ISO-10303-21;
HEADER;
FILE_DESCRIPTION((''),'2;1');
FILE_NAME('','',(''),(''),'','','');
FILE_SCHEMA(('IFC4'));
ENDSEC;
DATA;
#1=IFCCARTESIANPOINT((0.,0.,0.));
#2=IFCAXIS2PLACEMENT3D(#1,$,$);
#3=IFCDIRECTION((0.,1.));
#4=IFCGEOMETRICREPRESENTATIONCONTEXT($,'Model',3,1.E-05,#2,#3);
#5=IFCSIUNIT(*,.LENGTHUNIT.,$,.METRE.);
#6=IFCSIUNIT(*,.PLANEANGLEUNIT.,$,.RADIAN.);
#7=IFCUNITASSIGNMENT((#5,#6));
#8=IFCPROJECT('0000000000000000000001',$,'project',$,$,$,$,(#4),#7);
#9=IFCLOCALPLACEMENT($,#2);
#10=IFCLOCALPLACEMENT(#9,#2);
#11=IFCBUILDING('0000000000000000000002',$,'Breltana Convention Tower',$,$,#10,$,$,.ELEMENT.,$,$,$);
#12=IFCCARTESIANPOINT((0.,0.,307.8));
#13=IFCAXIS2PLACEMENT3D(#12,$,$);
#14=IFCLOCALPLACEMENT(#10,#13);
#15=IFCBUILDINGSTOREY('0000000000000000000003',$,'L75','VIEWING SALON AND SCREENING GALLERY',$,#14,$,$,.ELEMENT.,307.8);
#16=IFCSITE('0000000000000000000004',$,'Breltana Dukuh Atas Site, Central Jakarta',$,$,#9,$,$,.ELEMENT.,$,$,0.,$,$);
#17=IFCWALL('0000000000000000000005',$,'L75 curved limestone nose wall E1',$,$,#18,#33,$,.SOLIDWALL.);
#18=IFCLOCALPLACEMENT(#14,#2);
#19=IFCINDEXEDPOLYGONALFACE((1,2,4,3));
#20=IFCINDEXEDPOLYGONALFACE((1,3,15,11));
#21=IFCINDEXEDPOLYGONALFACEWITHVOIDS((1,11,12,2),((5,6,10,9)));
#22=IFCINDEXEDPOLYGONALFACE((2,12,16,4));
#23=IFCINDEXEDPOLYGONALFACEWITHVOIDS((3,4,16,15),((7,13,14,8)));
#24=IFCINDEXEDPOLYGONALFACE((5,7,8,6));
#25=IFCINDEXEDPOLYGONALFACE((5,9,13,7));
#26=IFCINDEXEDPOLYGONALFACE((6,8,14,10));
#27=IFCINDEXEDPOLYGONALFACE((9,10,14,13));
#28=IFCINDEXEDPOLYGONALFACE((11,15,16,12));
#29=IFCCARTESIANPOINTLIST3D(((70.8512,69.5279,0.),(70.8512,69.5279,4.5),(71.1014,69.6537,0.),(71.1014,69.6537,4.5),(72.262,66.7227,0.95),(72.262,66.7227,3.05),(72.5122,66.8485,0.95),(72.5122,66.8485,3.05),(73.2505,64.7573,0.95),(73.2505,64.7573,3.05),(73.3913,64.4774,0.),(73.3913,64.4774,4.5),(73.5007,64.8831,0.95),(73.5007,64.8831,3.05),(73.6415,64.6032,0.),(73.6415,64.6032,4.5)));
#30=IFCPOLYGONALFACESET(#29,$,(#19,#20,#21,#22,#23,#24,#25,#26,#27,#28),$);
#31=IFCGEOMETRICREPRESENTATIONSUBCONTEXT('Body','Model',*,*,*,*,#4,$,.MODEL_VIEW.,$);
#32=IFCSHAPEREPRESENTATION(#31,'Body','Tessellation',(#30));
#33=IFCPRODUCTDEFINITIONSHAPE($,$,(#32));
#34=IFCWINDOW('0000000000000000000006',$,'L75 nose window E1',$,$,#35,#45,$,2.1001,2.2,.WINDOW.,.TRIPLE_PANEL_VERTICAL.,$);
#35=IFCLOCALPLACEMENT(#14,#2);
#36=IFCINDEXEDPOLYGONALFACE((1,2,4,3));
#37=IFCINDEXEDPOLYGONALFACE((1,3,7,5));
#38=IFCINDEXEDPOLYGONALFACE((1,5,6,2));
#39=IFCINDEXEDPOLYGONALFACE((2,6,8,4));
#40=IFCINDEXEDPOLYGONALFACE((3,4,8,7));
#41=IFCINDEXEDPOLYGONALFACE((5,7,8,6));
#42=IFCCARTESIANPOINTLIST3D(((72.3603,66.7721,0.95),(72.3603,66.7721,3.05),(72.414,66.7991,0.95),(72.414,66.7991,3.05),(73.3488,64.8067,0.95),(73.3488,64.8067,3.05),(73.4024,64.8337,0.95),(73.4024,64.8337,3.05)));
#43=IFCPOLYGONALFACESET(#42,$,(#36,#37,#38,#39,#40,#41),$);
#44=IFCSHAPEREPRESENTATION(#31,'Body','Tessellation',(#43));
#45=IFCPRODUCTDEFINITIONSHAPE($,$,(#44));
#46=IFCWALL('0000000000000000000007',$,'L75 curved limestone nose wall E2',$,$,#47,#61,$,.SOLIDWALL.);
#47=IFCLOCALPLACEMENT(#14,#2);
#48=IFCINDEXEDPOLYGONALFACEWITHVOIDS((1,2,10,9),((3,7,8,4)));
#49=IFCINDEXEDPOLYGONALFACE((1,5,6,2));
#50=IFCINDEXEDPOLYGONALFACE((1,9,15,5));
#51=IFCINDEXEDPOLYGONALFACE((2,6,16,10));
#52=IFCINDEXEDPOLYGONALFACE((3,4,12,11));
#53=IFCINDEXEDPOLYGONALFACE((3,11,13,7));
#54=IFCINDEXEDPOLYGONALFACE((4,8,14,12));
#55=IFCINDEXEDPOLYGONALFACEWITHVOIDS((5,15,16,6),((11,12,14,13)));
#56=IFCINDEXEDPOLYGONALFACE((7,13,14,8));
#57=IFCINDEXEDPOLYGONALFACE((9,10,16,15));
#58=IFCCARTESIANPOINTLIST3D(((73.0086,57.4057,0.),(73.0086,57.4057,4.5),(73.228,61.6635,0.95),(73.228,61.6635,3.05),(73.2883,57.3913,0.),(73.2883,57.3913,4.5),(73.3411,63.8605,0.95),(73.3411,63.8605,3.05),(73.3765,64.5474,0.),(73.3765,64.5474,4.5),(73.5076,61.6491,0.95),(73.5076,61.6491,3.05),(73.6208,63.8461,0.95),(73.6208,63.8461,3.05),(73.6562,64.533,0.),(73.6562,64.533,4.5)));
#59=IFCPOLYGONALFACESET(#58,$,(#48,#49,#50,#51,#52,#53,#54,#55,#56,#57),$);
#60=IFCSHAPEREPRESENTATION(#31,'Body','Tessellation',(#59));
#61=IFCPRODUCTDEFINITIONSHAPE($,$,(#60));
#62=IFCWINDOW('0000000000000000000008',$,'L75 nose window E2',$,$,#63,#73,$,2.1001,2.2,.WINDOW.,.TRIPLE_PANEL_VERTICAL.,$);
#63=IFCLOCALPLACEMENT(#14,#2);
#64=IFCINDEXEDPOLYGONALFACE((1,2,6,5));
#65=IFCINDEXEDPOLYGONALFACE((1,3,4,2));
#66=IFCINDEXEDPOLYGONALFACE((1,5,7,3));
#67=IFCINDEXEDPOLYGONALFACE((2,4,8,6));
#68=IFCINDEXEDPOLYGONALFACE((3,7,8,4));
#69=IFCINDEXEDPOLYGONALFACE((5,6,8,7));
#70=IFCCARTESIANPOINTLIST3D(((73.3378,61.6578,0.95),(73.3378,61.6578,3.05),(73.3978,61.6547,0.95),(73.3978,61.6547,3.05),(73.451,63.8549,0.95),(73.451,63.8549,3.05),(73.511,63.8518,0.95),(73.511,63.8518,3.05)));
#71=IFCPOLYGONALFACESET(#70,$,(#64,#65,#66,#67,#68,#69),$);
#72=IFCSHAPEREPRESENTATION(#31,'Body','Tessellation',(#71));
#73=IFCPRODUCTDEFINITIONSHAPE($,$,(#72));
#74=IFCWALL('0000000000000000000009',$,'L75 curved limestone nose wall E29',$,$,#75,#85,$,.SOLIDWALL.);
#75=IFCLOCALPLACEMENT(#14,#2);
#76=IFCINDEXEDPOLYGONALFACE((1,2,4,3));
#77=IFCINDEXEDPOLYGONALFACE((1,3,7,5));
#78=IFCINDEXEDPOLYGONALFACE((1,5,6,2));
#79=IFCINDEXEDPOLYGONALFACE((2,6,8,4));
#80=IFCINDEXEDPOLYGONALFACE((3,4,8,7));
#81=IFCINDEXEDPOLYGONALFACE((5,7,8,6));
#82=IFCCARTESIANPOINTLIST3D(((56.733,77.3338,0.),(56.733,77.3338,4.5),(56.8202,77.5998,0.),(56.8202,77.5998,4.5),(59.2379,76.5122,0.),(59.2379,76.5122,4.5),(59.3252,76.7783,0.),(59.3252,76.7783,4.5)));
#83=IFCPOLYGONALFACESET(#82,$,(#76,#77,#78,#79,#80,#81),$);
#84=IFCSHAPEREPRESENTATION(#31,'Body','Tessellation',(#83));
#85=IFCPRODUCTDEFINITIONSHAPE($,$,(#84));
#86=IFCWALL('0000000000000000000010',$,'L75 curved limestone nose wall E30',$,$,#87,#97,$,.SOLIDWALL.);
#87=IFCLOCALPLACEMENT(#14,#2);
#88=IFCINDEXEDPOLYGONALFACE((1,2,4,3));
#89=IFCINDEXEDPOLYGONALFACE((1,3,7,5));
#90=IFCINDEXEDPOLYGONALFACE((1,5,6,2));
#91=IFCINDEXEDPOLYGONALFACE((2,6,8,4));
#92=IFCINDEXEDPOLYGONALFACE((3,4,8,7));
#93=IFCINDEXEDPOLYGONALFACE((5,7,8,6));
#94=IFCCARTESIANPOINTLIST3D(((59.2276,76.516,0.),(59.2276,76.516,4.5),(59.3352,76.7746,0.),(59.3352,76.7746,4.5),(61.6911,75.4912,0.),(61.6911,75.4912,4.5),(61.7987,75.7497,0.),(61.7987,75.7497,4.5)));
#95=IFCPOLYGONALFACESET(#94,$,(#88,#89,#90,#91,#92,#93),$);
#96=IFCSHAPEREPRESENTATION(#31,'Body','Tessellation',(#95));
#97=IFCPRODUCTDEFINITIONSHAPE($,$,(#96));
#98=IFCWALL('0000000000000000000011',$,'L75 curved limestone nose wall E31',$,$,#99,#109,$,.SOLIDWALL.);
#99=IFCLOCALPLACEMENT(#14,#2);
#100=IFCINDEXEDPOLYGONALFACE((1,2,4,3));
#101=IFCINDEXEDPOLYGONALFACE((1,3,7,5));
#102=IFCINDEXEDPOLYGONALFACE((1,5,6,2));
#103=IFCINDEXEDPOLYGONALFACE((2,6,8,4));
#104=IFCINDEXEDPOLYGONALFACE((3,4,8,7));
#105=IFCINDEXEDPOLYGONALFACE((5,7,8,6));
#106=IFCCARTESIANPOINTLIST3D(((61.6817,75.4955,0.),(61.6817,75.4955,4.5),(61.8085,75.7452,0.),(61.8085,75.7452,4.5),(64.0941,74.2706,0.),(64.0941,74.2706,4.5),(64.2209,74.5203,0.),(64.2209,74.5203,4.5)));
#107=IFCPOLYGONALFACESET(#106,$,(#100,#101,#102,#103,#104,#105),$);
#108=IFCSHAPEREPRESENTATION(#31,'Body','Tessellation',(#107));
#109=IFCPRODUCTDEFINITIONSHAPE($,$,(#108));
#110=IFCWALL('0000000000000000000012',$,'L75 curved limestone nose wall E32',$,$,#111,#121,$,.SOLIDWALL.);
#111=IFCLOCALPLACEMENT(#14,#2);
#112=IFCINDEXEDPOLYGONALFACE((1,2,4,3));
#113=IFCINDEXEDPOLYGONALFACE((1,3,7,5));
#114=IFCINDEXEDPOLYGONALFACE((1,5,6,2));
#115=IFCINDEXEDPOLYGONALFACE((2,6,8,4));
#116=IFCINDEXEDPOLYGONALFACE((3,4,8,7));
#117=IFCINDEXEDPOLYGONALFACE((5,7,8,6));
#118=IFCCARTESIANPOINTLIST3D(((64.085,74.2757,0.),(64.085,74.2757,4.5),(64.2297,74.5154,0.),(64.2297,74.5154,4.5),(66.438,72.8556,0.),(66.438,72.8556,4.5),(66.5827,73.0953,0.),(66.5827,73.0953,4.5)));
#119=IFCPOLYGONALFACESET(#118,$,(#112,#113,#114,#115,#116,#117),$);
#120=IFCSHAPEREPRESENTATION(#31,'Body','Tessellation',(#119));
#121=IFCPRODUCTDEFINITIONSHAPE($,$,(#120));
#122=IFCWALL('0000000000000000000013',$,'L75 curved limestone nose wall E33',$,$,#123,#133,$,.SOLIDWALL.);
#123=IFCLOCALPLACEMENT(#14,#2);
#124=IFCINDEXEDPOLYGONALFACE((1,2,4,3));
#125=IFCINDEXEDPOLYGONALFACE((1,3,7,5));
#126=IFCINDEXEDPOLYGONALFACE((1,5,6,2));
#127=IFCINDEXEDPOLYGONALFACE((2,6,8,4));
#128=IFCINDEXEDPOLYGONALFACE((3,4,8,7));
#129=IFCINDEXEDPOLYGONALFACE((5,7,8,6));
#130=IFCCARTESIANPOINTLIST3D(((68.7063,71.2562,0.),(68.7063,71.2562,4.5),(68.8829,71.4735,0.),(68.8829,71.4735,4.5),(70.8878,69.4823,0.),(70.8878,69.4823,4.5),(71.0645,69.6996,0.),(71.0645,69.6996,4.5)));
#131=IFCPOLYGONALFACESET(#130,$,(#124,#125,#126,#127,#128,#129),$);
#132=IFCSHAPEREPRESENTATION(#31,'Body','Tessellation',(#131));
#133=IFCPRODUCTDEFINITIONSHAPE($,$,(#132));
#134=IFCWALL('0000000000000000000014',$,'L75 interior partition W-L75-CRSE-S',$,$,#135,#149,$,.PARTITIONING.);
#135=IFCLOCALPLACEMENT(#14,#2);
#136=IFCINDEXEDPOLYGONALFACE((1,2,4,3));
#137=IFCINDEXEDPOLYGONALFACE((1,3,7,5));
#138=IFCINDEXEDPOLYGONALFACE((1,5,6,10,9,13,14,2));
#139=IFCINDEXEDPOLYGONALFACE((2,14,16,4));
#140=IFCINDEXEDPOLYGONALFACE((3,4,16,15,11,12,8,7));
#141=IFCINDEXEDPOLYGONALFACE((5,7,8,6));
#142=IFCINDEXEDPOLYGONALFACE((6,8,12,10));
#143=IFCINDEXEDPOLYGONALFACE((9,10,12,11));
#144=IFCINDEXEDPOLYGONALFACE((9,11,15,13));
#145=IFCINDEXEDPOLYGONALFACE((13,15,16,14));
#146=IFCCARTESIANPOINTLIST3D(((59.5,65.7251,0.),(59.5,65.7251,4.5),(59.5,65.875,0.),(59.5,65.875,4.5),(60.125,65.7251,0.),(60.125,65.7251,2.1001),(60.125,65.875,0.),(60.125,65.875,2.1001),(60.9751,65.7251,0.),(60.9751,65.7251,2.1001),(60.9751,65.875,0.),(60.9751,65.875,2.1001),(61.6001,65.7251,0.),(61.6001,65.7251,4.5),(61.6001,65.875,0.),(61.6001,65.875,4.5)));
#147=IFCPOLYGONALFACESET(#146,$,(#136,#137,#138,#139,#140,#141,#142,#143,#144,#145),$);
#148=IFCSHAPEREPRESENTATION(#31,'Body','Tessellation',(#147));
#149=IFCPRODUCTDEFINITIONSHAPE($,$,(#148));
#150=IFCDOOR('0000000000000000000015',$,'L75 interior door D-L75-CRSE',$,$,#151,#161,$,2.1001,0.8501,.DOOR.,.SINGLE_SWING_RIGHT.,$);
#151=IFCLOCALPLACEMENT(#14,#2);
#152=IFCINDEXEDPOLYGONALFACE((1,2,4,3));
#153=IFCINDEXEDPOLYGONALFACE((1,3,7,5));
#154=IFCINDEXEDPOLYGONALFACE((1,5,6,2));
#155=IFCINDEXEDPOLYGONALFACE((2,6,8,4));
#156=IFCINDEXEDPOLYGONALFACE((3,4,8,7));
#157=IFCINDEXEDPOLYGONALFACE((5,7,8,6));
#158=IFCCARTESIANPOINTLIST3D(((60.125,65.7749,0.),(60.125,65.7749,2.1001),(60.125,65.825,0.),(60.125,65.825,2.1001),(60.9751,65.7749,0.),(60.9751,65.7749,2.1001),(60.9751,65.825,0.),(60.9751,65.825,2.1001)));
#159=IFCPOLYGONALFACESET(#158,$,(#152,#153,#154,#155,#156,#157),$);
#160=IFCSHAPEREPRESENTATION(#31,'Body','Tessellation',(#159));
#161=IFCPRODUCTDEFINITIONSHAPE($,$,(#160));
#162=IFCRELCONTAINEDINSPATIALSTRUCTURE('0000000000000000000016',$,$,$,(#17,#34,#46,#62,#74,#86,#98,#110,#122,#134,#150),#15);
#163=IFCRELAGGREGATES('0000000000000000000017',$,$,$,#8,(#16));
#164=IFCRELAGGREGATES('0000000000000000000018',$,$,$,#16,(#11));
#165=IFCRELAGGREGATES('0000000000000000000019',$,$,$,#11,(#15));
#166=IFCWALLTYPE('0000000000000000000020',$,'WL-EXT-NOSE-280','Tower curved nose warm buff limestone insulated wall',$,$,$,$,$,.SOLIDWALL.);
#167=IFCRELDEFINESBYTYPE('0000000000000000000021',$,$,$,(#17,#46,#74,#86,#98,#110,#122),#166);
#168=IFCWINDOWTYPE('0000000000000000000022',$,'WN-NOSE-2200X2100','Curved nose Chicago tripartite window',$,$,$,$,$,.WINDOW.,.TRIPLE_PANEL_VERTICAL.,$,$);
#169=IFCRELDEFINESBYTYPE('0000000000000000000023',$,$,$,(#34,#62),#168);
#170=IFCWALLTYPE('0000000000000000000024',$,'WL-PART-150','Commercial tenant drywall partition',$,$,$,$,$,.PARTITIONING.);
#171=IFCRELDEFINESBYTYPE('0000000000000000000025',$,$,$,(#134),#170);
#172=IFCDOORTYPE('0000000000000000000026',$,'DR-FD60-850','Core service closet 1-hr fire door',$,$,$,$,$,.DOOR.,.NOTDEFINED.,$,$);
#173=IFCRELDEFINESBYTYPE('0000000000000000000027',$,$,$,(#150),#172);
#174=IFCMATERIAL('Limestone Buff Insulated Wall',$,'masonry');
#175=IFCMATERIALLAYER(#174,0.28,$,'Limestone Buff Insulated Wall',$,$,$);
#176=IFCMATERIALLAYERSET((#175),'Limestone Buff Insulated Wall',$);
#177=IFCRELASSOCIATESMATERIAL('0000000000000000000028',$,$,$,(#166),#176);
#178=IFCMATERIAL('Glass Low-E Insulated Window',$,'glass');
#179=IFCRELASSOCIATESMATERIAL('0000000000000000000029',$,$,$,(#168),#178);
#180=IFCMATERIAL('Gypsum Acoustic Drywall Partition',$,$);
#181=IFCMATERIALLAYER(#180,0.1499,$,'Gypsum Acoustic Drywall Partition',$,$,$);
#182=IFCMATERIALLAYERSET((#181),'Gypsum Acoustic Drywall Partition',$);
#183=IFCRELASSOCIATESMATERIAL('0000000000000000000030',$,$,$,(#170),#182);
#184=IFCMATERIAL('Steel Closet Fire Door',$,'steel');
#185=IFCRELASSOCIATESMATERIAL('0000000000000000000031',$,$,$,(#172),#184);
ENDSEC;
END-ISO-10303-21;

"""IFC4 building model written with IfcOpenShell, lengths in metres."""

from ifc_helpers import new_model, si_unit, direction, frame, frame_2d, origin, place, context, subcontext, project, spatial, rectangle, extrude, source, transform, mapped, material, layer, layer_set, type_object, type_shapes, element, fill, save


model = new_model("IFC4")

# Units and contexts
model_context = context("Model", 3, precision=1e-05, world=origin(), true_north=direction((0.0, 1.0)))
body_context = subcontext(model_context, "Body", "Model", "MODEL_VIEW")
ifc_project = project(units=[si_unit("LENGTHUNIT", "METRE"), si_unit("PLANEANGLEUNIT", "RADIAN")], contexts=[model_context])

# Site, building, storey
site_placement = place(None, origin())
site = spatial("IfcSite", under=ifc_project, at=site_placement, Name="Breltana Dukuh Atas Site, Central Jakarta", CompositionType="ELEMENT", RefElevation=0.0)
building_placement = place(site_placement, origin())
building = spatial("IfcBuilding", under=site, at=building_placement, Name="Breltana Convention Tower", CompositionType="ELEMENT")
storey_placement = place(building_placement, frame((0.0, 0.0, 307.8)))
storey = spatial("IfcBuildingStorey", under=building, at=storey_placement, Name="L75", Description="VIEWING SALON AND SCREENING GALLERY", CompositionType="ELEMENT", Elevation=307.8)

# Walls, openings, windows
ifc_material_1 = material(Name="Limestone Buff Insulated Wall", Category="masonry")
ifc_layer_1 = layer(ifc_material_1, 0.28, Name="Limestone Buff Insulated Wall")
ifc_layer_set_1 = layer_set([ifc_layer_1], Name="Limestone Buff Insulated Wall")
wall_type_1 = type_object("IfcWallType", Name="WL-EXT-NOSE-280", Description="Tower curved nose warm buff limestone insulated wall", PredefinedType="SOLIDWALL", material=ifc_layer_set_1)
shared_shape_1 = source(origin(), body_context, "Body", "SweptSolid", [
    extrude(rectangle(XDim=5.6533, YDim=0.28, at=frame_2d((2.8267, 0.0))), origin(), (0.0, 0.0, 1.0), 4.5),
])
wall_1_placement = place(storey_placement, frame((70.9763, 69.5908, 0.0), z_axis=(0.0, 0.0, 1.0), x_axis=(0.449303, -0.89338, 0.0)))
wall_1 = element("IfcWall", 1, at=wall_1_placement, inside=storey, type_object=wall_type_1, Name="L75 curved limestone nose wall E1", PredefinedType="SOLIDWALL", context=body_context, shape_type="MappedRepresentation", body=[
    mapped(shared_shape_1, transform((0.0, 0.0, 0.0), scale=1.0)),
])
opening_1_placement = place(wall_1_placement, frame((3.1399, 0.0, 0.95)))
opening_1 = element("IfcOpeningElement", 2, at=opening_1_placement, cuts=wall_1, PredefinedType="OPENING", context=body_context, shape_type="SweptSolid", body=[
    extrude(rectangle(XDim=2.2, YDim=2.1001, at=frame_2d((1.1001, 1.05))), frame((0.0, 0.1499, 0.0), z_axis=(0.0, -1.0, 0.0), x_axis=(1.0, 0.0, 0.0)), (0.0, 0.0, 1.0), 0.3),
])
ifc_material_2 = material(Name="Glass Low-E Insulated Window", Category="glass")
window_type = type_object("IfcWindowType", Name="WN-NOSE-2200X2100", Description="Curved nose Chicago tripartite window", PartitioningType="TRIPLE_PANEL_VERTICAL", PredefinedType="WINDOW", material=ifc_material_2)
shared_shape_2 = source(origin(), body_context, "Body", "SweptSolid", [
    extrude(rectangle(XDim=2.2, YDim=2.1001, at=frame_2d((1.1001, 1.05))), frame((0.0, 0.03, 0.0), z_axis=(0.0, -1.0, 0.0), x_axis=(1.0, 0.0, 0.0)), (0.0, 0.0, 1.0), 0.0601),
])
type_shapes(window_type, [shared_shape_2])
window_1_placement = place(opening_1_placement, origin())
window_1 = element("IfcWindow", 3, at=window_1_placement, inside=storey, type_object=window_type, Name="L75 nose window E1", OverallHeight=2.1001, OverallWidth=2.2, PartitioningType="TRIPLE_PANEL_VERTICAL", PredefinedType="WINDOW", context=body_context, shape_type="MappedRepresentation", body=[
    mapped(shared_shape_2, transform((0.0, 0.0, 0.0), scale=1.0)),
])
fill(opening_1, window_1)
shared_shape_3 = source(origin(), body_context, "Body", "SweptSolid", [
    extrude(rectangle(XDim=7.1511, YDim=0.28, at=frame_2d((3.5757, 0.0))), origin(), (0.0, 0.0, 1.0), 4.5),
])
wall_2_placement = place(storey_placement, frame((73.5164, 64.5403, 0.0), z_axis=(0.0, 0.0, 1.0), x_axis=(-0.05145, -0.998676, 0.0)))
wall_2 = element("IfcWall", 4, at=wall_2_placement, inside=storey, type_object=wall_type_1, Name="L75 curved limestone nose wall E2", PredefinedType="SOLIDWALL", context=body_context, shape_type="MappedRepresentation", body=[
    mapped(shared_shape_3, transform((0.0, 0.0, 0.0), scale=1.0)),
])
opening_2_placement = place(wall_2_placement, frame((0.6877, 0.0, 0.95)))
opening_2 = element("IfcOpeningElement", 5, at=opening_2_placement, cuts=wall_2, PredefinedType="OPENING", context=body_context, shape_type="SweptSolid", body=[
    extrude(rectangle(XDim=2.2, YDim=2.1001, at=frame_2d((1.1001, 1.05))), frame((0.0, 0.1499, 0.0), z_axis=(0.0, -1.0, 0.0), x_axis=(1.0, 0.0, 0.0)), (0.0, 0.0, 1.0), 0.3),
])
window_2_placement = place(opening_2_placement, origin())
window_2 = element("IfcWindow", 6, at=window_2_placement, inside=storey, type_object=window_type, Name="L75 nose window E2", OverallHeight=2.1001, OverallWidth=2.2, PartitioningType="TRIPLE_PANEL_VERTICAL", PredefinedType="WINDOW", context=body_context, shape_type="MappedRepresentation", body=[
    mapped(shared_shape_2, transform((0.0, 0.0, 0.0), scale=1.0)),
])
fill(opening_2, window_2)

# Walls
shared_shape_4 = source(origin(), body_context, "Body", "SweptSolid", [
    extrude(rectangle(XDim=2.6362, YDim=0.28, at=frame_2d((1.3181, 0.0))), origin(), (0.0, 0.0, 1.0), 4.5),
])
wall_3_placement = place(storey_placement, frame((56.7766, 77.4668, 0.0), z_axis=(0.0, 0.0, 1.0), x_axis=(0.9502, -0.31164, 0.0)))
element("IfcWall", 7, at=wall_3_placement, inside=storey, type_object=wall_type_1, Name="L75 curved limestone nose wall E29", PredefinedType="SOLIDWALL", context=body_context, shape_type="MappedRepresentation", body=[
    mapped(shared_shape_4, transform((0.0, 0.0, 0.0), scale=1.0)),
])
shared_shape_5 = source(origin(), body_context, "Body", "SweptSolid", [
    extrude(rectangle(XDim=2.6682, YDim=0.28, at=frame_2d((1.334, 0.0))), origin(), (0.0, 0.0, 1.0), 4.5),
])
wall_4_placement = place(storey_placement, frame((59.2815, 76.6453, 0.0), z_axis=(0.0, 0.0, 1.0), x_axis=(0.923291, -0.384102, 0.0)))
element("IfcWall", 8, at=wall_4_placement, inside=storey, type_object=wall_type_1, Name="L75 curved limestone nose wall E30", PredefinedType="SOLIDWALL", context=body_context, shape_type="MappedRepresentation", body=[
    mapped(shared_shape_5, transform((0.0, 0.0, 0.0), scale=1.0)),
])
shared_shape_6 = source(origin(), body_context, "Body", "SweptSolid", [
    extrude(rectangle(XDim=2.7056, YDim=0.28, at=frame_2d((1.3528, 0.0))), origin(), (0.0, 0.0, 1.0), 4.5),
])
wall_5_placement = place(storey_placement, frame((61.7451, 75.6204, 0.0), z_axis=(0.0, 0.0, 1.0), x_axis=(0.891649, -0.452728, 0.0)))
element("IfcWall", 9, at=wall_5_placement, inside=storey, type_object=wall_type_1, Name="L75 curved limestone nose wall E31", PredefinedType="SOLIDWALL", context=body_context, shape_type="MappedRepresentation", body=[
    mapped(shared_shape_6, transform((0.0, 0.0, 0.0), scale=1.0)),
])
shared_shape_7 = source(origin(), body_context, "Body", "SweptSolid", [
    extrude(rectangle(XDim=2.7483, YDim=0.28, at=frame_2d((1.374, 0.0))), origin(), (0.0, 0.0, 1.0), 4.5),
])
wall_6_placement = place(storey_placement, frame((64.1575, 74.3955, 0.0), z_axis=(0.0, 0.0, 1.0), x_axis=(0.85615, -0.516728, 0.0)))
element("IfcWall", 10, at=wall_6_placement, inside=storey, type_object=wall_type_1, Name="L75 curved limestone nose wall E32", PredefinedType="SOLIDWALL", context=body_context, shape_type="MappedRepresentation", body=[
    mapped(shared_shape_7, transform((0.0, 0.0, 0.0), scale=1.0)),
])
shared_shape_8 = source(origin(), body_context, "Body", "SweptSolid", [
    extrude(rectangle(XDim=2.8118, YDim=0.28, at=frame_2d((1.4058, 0.0))), origin(), (0.0, 0.0, 1.0), 4.5),
])
wall_7_placement = place(storey_placement, frame((68.7947, 71.3647, 0.0), z_axis=(0.0, 0.0, 1.0), x_axis=(0.77588, -0.63088, 0.0)))
element("IfcWall", 11, at=wall_7_placement, inside=storey, type_object=wall_type_1, Name="L75 curved limestone nose wall E33", PredefinedType="SOLIDWALL", context=body_context, shape_type="MappedRepresentation", body=[
    mapped(shared_shape_8, transform((0.0, 0.0, 0.0), scale=1.0)),
])

# Wall, opening, door
ifc_material_3 = material(Name="Gypsum Acoustic Drywall Partition")
ifc_layer_2 = layer(ifc_material_3, 0.1499, Name="Gypsum Acoustic Drywall Partition")
ifc_layer_set_2 = layer_set([ifc_layer_2], Name="Gypsum Acoustic Drywall Partition")
wall_type_2 = type_object("IfcWallType", Name="WL-PART-150", Description="Commercial tenant drywall partition", PredefinedType="PARTITIONING", material=ifc_layer_set_2)
shared_shape_9 = source(origin(), body_context, "Body", "SweptSolid", [
    extrude(rectangle(XDim=2.1001, YDim=0.1499, at=frame_2d((1.05, 0.0))), origin(), (0.0, 0.0, 1.0), 4.5),
])
wall_8_placement = place(storey_placement, frame((59.5, 65.8, 0.0), z_axis=(0.0, 0.0, 1.0), x_axis=(1.0, 0.0, 0.0)))
wall_8 = element("IfcWall", 12, at=wall_8_placement, inside=storey, type_object=wall_type_2, Name="L75 interior partition W-L75-CRSE-S", PredefinedType="PARTITIONING", context=body_context, shape_type="MappedRepresentation", body=[
    mapped(shared_shape_9, transform((0.0, 0.0, 0.0), scale=1.0)),
])
opening_3_placement = place(wall_8_placement, frame((0.625, 0.0, 0.0)))
opening_3 = element("IfcOpeningElement", 13, at=opening_3_placement, cuts=wall_8, PredefinedType="OPENING", context=body_context, shape_type="SweptSolid", body=[
    extrude(rectangle(XDim=0.8501, YDim=2.1001, at=frame_2d((0.425, 1.05))), frame((0.0, 0.085, 0.0), z_axis=(0.0, -1.0, 0.0), x_axis=(1.0, 0.0, 0.0)), (0.0, 0.0, 1.0), 0.1699),
])
ifc_material_4 = material(Name="Steel Closet Fire Door", Category="steel")
door_type_1 = type_object("IfcDoorType", Name="DR-FD60-850", Description="Core service closet 1-hr fire door", OperationType="NOTDEFINED", PredefinedType="DOOR", material=ifc_material_4)
shared_shape_10 = source(origin(), body_context, "Body", "SweptSolid", [
    extrude(rectangle(XDim=0.8501, YDim=2.1001, at=frame_2d((0.425, 1.05))), frame((0.0, 0.0249, 0.0), z_axis=(0.0, -1.0, 0.0), x_axis=(1.0, 0.0, 0.0)), (0.0, 0.0, 1.0), 0.05),
])
type_shapes(door_type_1, [shared_shape_10])
door_1_placement = place(opening_3_placement, origin())
door_1 = element("IfcDoor", 14, at=door_1_placement, inside=storey, type_object=door_type_1, Name="L75 interior door D-L75-CRSE", OperationType="SINGLE_SWING_RIGHT", OverallHeight=2.1001, OverallWidth=0.8501, PredefinedType="DOOR", context=body_context, shape_type="MappedRepresentation", body=[
    mapped(shared_shape_10, transform((0.0, 0.0, 0.0), scale=1.0)),
])
fill(opening_3, door_1)

save(model, "model.ifc")
